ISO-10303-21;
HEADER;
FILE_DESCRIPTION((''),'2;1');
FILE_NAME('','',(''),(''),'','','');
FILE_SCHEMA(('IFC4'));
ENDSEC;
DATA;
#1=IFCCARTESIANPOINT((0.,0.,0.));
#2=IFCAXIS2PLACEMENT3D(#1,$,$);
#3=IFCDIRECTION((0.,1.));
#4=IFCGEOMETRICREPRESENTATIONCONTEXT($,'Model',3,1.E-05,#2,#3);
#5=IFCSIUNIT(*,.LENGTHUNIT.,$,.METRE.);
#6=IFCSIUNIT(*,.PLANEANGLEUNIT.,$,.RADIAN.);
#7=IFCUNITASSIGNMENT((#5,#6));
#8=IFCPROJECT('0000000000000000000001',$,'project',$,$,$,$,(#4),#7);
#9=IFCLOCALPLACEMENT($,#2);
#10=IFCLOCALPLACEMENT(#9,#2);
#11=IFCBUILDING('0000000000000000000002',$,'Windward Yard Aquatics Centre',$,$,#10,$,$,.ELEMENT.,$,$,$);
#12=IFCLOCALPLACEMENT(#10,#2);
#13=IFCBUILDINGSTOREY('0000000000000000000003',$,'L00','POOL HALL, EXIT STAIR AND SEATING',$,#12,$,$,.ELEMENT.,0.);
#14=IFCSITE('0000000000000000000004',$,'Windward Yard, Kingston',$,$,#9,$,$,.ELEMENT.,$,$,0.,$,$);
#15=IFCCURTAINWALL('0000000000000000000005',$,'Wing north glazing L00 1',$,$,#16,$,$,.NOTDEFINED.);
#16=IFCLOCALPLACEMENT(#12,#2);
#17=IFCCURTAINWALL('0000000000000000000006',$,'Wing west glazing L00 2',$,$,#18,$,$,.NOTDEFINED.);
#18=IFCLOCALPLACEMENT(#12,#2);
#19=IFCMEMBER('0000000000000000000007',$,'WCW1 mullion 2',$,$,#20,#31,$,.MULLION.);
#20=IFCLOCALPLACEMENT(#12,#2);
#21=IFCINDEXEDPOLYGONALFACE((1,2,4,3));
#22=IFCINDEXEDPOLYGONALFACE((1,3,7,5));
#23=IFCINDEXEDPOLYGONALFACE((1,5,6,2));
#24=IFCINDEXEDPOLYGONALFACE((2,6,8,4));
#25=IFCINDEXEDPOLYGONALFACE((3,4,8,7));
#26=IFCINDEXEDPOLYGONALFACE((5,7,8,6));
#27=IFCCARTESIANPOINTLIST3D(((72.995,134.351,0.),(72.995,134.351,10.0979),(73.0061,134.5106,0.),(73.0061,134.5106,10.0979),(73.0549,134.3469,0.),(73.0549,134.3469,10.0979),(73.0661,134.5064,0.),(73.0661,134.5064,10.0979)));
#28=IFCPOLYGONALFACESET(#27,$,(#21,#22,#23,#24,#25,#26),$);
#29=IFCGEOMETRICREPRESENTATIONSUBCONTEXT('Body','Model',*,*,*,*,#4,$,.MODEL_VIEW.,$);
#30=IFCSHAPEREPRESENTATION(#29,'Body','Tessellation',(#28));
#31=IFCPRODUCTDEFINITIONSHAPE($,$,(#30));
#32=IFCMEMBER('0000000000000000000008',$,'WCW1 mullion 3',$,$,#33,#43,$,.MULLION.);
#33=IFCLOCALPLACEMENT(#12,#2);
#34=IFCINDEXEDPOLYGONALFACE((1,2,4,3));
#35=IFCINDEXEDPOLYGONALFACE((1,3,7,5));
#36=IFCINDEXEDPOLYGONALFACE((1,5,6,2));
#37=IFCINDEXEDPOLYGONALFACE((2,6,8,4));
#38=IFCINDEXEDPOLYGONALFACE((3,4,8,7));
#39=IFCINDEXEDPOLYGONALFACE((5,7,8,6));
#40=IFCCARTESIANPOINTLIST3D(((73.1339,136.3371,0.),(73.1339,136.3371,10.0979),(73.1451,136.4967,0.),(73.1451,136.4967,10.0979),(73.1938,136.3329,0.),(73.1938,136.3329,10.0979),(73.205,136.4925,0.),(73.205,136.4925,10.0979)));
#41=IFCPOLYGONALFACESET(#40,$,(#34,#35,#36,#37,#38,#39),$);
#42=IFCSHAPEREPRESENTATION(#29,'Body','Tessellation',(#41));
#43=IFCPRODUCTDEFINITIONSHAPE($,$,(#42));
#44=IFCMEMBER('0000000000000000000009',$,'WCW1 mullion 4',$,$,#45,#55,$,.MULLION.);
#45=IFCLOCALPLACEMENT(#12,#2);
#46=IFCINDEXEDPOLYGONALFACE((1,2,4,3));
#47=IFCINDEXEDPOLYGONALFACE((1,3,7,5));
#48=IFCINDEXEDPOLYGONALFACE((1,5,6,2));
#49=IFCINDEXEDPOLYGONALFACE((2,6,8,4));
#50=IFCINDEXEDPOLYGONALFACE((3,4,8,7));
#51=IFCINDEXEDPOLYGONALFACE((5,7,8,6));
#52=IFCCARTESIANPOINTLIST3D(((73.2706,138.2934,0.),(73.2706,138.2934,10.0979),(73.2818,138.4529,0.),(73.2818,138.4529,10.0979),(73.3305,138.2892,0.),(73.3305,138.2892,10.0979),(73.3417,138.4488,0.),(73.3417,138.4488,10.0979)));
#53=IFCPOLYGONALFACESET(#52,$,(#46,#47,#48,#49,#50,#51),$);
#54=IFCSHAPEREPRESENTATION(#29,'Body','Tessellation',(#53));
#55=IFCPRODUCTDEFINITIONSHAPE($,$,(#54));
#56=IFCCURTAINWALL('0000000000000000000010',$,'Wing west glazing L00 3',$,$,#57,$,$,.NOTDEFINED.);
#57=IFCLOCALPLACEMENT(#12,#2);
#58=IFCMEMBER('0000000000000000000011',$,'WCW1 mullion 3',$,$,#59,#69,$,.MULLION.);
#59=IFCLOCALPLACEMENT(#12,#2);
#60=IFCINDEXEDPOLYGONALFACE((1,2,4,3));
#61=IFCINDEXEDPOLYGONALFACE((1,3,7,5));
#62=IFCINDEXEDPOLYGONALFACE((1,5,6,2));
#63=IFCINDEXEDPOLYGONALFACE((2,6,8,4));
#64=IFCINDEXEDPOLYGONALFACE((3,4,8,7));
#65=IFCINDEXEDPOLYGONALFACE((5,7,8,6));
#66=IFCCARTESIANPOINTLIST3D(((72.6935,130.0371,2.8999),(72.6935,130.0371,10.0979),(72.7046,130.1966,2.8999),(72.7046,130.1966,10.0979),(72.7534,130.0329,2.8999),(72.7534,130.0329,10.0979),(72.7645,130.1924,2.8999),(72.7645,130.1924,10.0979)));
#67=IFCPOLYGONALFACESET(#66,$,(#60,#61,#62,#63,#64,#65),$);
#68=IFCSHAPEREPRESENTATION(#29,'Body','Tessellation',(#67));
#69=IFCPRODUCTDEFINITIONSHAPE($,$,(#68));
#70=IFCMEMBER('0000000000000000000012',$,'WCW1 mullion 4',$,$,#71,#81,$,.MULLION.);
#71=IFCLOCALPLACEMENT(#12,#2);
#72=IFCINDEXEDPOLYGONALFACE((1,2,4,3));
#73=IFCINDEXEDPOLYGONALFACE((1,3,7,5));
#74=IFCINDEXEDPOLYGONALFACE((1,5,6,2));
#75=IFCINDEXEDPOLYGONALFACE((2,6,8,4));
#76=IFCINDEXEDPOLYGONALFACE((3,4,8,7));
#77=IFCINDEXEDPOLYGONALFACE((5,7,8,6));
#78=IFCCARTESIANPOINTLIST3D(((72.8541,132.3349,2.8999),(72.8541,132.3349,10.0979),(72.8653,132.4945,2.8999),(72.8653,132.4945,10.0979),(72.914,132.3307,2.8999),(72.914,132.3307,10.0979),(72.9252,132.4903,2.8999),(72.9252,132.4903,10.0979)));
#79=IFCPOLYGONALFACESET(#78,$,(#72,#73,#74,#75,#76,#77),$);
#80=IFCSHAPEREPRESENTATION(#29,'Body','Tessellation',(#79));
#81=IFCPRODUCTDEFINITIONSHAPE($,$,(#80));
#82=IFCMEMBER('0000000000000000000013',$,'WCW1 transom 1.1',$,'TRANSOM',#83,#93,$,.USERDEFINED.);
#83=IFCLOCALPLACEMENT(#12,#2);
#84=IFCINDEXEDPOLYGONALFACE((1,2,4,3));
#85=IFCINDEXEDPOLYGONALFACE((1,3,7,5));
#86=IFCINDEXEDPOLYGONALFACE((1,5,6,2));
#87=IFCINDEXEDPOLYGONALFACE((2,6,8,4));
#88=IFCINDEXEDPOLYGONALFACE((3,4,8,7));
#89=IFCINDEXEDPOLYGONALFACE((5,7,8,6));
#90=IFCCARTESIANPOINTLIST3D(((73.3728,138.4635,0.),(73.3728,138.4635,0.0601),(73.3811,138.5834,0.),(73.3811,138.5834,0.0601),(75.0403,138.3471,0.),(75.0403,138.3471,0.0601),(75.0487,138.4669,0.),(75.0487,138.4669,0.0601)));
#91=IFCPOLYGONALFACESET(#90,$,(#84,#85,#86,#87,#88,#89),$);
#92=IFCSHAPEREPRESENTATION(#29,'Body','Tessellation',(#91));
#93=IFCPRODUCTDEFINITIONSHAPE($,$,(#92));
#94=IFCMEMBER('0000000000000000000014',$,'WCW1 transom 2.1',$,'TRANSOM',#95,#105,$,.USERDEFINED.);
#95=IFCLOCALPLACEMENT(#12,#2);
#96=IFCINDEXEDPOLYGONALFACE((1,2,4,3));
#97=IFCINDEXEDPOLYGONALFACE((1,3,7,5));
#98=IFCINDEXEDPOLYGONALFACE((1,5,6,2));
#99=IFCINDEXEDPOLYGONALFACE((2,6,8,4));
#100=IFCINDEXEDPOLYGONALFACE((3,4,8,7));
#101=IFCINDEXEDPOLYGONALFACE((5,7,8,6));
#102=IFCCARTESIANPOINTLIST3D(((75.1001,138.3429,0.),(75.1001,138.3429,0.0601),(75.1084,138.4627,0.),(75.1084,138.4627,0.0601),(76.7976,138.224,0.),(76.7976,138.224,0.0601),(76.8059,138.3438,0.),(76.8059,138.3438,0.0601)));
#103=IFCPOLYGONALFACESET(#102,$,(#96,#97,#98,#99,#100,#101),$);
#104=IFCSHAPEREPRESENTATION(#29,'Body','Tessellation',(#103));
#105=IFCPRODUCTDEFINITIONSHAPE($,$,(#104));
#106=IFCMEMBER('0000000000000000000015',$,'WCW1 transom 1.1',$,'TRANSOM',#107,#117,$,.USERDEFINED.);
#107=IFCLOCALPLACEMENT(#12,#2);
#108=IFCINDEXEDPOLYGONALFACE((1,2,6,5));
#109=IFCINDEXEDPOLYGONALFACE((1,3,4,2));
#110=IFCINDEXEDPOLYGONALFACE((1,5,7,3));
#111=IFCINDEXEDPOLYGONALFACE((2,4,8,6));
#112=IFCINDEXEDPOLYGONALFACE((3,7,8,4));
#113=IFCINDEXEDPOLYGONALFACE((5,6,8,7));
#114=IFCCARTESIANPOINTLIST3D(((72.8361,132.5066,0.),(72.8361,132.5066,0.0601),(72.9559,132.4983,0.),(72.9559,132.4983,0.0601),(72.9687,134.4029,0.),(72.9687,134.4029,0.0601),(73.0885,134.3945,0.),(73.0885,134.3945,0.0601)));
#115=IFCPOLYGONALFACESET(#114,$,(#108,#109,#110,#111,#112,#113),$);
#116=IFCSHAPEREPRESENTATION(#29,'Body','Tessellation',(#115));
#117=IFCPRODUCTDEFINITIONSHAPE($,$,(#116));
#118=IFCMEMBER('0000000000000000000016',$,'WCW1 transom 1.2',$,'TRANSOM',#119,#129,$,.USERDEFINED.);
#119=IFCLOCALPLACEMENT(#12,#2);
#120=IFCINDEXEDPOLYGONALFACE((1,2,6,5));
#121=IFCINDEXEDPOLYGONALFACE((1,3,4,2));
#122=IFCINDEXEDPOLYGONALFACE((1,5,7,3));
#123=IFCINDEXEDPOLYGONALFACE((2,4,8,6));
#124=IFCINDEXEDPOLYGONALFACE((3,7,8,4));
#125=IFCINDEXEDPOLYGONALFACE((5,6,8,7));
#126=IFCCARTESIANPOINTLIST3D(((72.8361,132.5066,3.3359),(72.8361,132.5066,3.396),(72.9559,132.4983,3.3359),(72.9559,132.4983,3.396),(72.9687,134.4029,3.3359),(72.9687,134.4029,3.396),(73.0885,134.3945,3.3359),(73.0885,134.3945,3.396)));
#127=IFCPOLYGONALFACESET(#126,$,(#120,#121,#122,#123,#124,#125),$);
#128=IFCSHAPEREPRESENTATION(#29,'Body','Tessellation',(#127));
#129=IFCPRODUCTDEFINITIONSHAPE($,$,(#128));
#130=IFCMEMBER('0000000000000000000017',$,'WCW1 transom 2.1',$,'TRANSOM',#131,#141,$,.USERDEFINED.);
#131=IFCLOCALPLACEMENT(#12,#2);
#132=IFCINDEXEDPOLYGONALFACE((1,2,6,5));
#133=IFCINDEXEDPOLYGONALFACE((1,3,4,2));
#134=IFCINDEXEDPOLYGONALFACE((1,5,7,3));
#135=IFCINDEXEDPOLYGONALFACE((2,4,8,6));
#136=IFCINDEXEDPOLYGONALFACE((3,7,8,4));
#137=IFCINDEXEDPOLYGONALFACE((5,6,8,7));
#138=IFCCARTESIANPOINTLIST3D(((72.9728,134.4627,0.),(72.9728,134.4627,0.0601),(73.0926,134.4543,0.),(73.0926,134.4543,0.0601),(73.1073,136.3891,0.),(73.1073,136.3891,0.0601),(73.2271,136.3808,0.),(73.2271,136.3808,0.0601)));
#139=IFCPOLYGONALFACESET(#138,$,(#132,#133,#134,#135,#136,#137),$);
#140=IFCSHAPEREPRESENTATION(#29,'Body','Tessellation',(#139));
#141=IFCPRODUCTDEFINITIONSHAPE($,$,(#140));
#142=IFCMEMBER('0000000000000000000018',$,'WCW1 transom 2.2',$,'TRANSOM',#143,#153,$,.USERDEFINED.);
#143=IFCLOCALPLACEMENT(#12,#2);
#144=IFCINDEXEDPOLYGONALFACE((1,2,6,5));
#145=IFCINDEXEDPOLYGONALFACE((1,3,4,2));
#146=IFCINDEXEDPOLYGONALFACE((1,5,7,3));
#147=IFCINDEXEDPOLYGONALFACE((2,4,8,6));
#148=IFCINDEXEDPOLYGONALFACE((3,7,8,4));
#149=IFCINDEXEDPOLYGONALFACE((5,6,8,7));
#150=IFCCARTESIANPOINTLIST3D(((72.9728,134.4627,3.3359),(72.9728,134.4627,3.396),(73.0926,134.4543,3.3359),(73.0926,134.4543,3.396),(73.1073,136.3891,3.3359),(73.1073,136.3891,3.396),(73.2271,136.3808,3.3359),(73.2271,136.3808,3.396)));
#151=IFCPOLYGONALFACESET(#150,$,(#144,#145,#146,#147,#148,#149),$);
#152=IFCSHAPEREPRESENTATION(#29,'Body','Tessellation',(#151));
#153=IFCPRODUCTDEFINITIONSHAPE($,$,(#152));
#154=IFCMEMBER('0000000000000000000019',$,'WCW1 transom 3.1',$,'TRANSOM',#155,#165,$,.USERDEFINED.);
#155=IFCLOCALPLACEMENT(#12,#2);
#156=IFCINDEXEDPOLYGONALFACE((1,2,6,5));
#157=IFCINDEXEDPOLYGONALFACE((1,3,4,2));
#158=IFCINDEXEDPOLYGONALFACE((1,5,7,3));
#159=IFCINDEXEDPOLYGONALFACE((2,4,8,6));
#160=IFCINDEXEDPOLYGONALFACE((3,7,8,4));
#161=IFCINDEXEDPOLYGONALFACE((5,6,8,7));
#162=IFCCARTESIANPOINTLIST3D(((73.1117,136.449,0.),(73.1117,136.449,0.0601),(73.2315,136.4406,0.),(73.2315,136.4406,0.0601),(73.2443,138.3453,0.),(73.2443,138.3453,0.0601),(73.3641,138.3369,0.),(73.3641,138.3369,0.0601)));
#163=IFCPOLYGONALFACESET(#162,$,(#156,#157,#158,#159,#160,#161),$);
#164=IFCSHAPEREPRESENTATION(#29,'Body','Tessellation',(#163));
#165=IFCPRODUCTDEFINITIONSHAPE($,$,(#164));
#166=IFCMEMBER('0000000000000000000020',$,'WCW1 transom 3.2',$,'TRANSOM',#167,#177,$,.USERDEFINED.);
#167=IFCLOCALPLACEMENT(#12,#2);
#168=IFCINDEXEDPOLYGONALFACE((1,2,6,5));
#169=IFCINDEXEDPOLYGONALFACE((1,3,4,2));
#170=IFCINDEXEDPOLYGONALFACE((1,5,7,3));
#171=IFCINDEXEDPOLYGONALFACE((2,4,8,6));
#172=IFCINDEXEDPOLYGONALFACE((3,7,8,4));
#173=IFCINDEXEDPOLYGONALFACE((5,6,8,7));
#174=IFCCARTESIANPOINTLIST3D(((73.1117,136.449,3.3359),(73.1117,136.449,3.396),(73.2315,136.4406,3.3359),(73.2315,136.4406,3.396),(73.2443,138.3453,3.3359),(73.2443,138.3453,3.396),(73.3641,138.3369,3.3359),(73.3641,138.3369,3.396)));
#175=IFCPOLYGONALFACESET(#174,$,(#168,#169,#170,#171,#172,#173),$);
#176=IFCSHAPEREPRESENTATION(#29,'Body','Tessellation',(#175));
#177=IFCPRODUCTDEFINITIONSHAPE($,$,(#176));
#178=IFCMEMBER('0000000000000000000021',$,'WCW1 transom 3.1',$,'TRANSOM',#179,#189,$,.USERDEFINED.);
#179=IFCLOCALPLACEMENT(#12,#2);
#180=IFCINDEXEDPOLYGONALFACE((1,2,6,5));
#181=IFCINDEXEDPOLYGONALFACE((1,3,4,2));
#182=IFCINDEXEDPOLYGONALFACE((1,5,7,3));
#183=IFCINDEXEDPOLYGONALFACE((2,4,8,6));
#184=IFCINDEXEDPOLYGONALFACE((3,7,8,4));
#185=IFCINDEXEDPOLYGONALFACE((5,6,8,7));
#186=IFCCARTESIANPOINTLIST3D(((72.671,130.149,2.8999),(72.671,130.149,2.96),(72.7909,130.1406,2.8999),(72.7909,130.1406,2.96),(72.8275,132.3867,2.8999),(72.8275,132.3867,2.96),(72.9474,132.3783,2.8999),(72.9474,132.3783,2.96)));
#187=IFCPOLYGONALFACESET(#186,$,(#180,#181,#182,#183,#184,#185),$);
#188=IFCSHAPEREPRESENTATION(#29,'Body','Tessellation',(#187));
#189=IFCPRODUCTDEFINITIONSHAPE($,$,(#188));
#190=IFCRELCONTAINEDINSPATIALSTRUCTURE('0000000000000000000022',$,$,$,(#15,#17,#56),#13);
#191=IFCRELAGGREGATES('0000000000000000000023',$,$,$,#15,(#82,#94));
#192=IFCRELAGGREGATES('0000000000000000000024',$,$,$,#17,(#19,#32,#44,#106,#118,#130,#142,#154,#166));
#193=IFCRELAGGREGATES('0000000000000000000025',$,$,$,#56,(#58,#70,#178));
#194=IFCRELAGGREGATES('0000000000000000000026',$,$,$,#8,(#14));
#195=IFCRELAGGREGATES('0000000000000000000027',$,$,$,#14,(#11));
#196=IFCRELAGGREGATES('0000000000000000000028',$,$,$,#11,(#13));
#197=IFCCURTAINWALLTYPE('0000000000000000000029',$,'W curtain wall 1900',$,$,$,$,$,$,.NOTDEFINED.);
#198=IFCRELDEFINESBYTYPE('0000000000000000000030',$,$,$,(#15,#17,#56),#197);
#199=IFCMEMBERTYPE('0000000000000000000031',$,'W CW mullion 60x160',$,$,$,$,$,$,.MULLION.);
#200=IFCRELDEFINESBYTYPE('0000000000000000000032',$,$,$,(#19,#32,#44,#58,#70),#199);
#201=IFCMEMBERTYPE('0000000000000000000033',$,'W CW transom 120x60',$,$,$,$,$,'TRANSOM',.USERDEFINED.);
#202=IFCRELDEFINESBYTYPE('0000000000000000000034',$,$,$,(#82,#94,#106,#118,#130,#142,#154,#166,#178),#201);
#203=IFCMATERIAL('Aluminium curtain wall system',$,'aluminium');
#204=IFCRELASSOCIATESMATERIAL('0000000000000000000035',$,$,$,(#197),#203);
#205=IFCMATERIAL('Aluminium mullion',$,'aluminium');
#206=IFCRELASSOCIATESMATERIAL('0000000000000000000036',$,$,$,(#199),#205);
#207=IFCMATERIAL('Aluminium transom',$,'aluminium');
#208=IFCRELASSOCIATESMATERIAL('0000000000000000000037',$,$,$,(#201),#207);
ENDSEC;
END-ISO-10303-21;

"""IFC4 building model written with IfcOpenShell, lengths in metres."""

from ifc_helpers import new_model, si_unit, direction, frame, origin, origin_2d, place, context, subcontext, project, spatial, rectangle, extrude, material, material_profile, profile_set, type_object, element, aggregate, save


model = new_model("IFC4")

# Units and contexts
model_context = context("Model", 3, precision=1e-05, world=origin(), true_north=direction((0.0, 1.0)))
body_context = subcontext(model_context, "Body", "Model", "MODEL_VIEW")
ifc_project = project(units=[si_unit("LENGTHUNIT", "METRE"), si_unit("PLANEANGLEUNIT", "RADIAN")], contexts=[model_context])

# Site, building, storey
site_placement = place(None, origin())
site = spatial("IfcSite", under=ifc_project, at=site_placement, Name="Windward Yard, Kingston", CompositionType="ELEMENT", RefElevation=0.0)
building_placement = place(site_placement, origin())
building = spatial("IfcBuilding", under=site, at=building_placement, Name="Windward Yard Aquatics Centre", CompositionType="ELEMENT")
storey_placement = place(building_placement, origin())
storey = spatial("IfcBuildingStorey", under=building, at=storey_placement, Name="L00", Description="POOL HALL, EXIT STAIR AND SEATING", CompositionType="ELEMENT", Elevation=0.0)

# Curtain walls, members
ifc_material_1 = material(Name="Aluminium curtain wall system", Category="aluminium")
curtain_wall_type = type_object("IfcCurtainWallType", Name="W curtain wall 1900", PredefinedType="NOTDEFINED", material=ifc_material_1)
curtain_wall_1_placement = place(storey_placement, origin())
curtain_wall_1 = element("IfcCurtainWall", 1, at=curtain_wall_1_placement, inside=storey, type_object=curtain_wall_type, Name="Wing north glazing L00 1", PredefinedType="NOTDEFINED")
ifc_material_2 = material(Name="Aluminium mullion", Category="aluminium")
ifc_material_profile_1 = material_profile(ifc_material_2, rectangle(XDim=0.0601, YDim=0.1599, at=origin_2d()), Name="AL 60x160")
ifc_profile_set_1 = profile_set([ifc_material_profile_1], Name="Aluminium mullion")
member_type_1 = type_object("IfcMemberType", Name="W CW mullion 60x160", PredefinedType="MULLION", material=ifc_profile_set_1)
curtain_wall_2_placement = place(storey_placement, origin())
curtain_wall_2 = element("IfcCurtainWall", 2, at=curtain_wall_2_placement, inside=storey, type_object=curtain_wall_type, Name="Wing west glazing L00 2", PredefinedType="NOTDEFINED")
member_1_placement = place(storey_placement, frame((73.0305, 134.4287, 0.0), z_axis=(0.0, 0.0, 1.0), x_axis=(-0.997565, 0.069747, 0.0)))
member_1 = element("IfcMember", 3, at=member_1_placement, type_object=member_type_1, Name="WCW1 mullion 2", PredefinedType="MULLION", context=body_context, shape_type="SweptSolid", body=[
    extrude(rectangle(XDim=0.0601, YDim=0.1599, at=origin_2d()), origin(), (0.0, 0.0, 1.0), 10.0979),
])
member_2_placement = place(storey_placement, frame((73.1694, 136.4148, 0.0), z_axis=(0.0, 0.0, 1.0), x_axis=(-0.997565, 0.069747, 0.0)))
member_2 = element("IfcMember", 4, at=member_2_placement, type_object=member_type_1, Name="WCW1 mullion 3", PredefinedType="MULLION", context=body_context, shape_type="SweptSolid", body=[
    extrude(rectangle(XDim=0.0601, YDim=0.1599, at=origin_2d()), origin(), (0.0, 0.0, 1.0), 10.0979),
])
member_3_placement = place(storey_placement, frame((73.3062, 138.3711, 0.0), z_axis=(0.0, 0.0, 1.0), x_axis=(-0.997565, 0.069747, 0.0)))
member_3 = element("IfcMember", 5, at=member_3_placement, type_object=member_type_1, Name="WCW1 mullion 4", PredefinedType="MULLION", context=body_context, shape_type="SweptSolid", body=[
    extrude(rectangle(XDim=0.0601, YDim=0.1599, at=origin_2d()), origin(), (0.0, 0.0, 1.0), 10.0979),
])
curtain_wall_3_placement = place(storey_placement, origin())
curtain_wall_3 = element("IfcCurtainWall", 6, at=curtain_wall_3_placement, inside=storey, type_object=curtain_wall_type, Name="Wing west glazing L00 3", PredefinedType="NOTDEFINED")
member_4_placement = place(storey_placement, frame((72.729, 130.1147, 2.8999), z_axis=(0.0, 0.0, 1.0), x_axis=(-0.997564, 0.069758, 0.0)))
member_4 = element("IfcMember", 7, at=member_4_placement, type_object=member_type_1, Name="WCW1 mullion 3", PredefinedType="MULLION", context=body_context, shape_type="SweptSolid", body=[
    extrude(rectangle(XDim=0.0601, YDim=0.1599, at=origin_2d()), origin(), (0.0, 0.0, 1.0), 7.198),
])
member_5_placement = place(storey_placement, frame((72.8896, 132.4126, 2.8999), z_axis=(0.0, 0.0, 1.0), x_axis=(-0.997564, 0.069758, 0.0)))
member_5 = element("IfcMember", 8, at=member_5_placement, type_object=member_type_1, Name="WCW1 mullion 4", PredefinedType="MULLION", context=body_context, shape_type="SweptSolid", body=[
    extrude(rectangle(XDim=0.0601, YDim=0.1599, at=origin_2d()), origin(), (0.0, 0.0, 1.0), 7.198),
])

# Members
ifc_material_3 = material(Name="Aluminium transom", Category="aluminium")
ifc_material_profile_2 = material_profile(ifc_material_3, rectangle(XDim=0.1201, YDim=0.0601, at=origin_2d()), Name="AL 120x60")
ifc_profile_set_2 = profile_set([ifc_material_profile_2], Name="Aluminium transom")
member_type_2 = type_object("IfcMemberType", Name="W CW transom 120x60", ElementType="TRANSOM", PredefinedType="USERDEFINED", material=ifc_profile_set_2)
member_6_placement = place(storey_placement, frame((73.377, 138.5234, 0.03), z_axis=(0.99757, -0.069669, 0.0), x_axis=(0.069669, 0.99757, 0.0)))
member_6 = element("IfcMember", 9, at=member_6_placement, type_object=member_type_2, Name="WCW1 transom 1.1", ObjectType="TRANSOM", PredefinedType="USERDEFINED", context=body_context, shape_type="SweptSolid", body=[
    extrude(rectangle(XDim=0.1201, YDim=0.0601, at=origin_2d()), origin(), (0.0, 0.0, 1.0), 1.6716),
])
member_7_placement = place(storey_placement, frame((75.1042, 138.4028, 0.03), z_axis=(0.997556, -0.069871, 0.0), x_axis=(0.069871, 0.997556, 0.0)))
member_7 = element("IfcMember", 10, at=member_7_placement, type_object=member_type_2, Name="WCW1 transom 2.1", ObjectType="TRANSOM", PredefinedType="USERDEFINED", context=body_context, shape_type="SweptSolid", body=[
    extrude(rectangle(XDim=0.1201, YDim=0.0601, at=origin_2d()), origin(), (0.0, 0.0, 1.0), 1.7017),
])
member_8_placement = place(storey_placement, frame((72.896, 132.5024, 0.03), z_axis=(0.069741, 0.997565, 0.0), x_axis=(-0.997565, 0.069741, 0.0)))
member_8 = element("IfcMember", 11, at=member_8_placement, type_object=member_type_2, Name="WCW1 transom 1.1", ObjectType="TRANSOM", PredefinedType="USERDEFINED", context=body_context, shape_type="SweptSolid", body=[
    extrude(rectangle(XDim=0.1201, YDim=0.0601, at=origin_2d()), origin(), (0.0, 0.0, 1.0), 1.9009),
])
member_9_placement = place(storey_placement, frame((72.896, 132.5024, 3.366), z_axis=(0.069741, 0.997565, 0.0), x_axis=(-0.997565, 0.069741, 0.0)))
member_9 = element("IfcMember", 12, at=member_9_placement, type_object=member_type_2, Name="WCW1 transom 1.2", ObjectType="TRANSOM", PredefinedType="USERDEFINED", context=body_context, shape_type="SweptSolid", body=[
    extrude(rectangle(XDim=0.1201, YDim=0.0601, at=origin_2d()), origin(), (0.0, 0.0, 1.0), 1.9009),
])
member_10_placement = place(storey_placement, frame((73.0327, 134.4585, 0.03), z_axis=(0.069657, 0.997571, 0.0), x_axis=(-0.997571, 0.069657, 0.0)))
member_10 = element("IfcMember", 13, at=member_10_placement, type_object=member_type_2, Name="WCW1 transom 2.1", ObjectType="TRANSOM", PredefinedType="USERDEFINED", context=body_context, shape_type="SweptSolid", body=[
    extrude(rectangle(XDim=0.1201, YDim=0.0601, at=origin_2d()), origin(), (0.0, 0.0, 1.0), 1.9312),
])
member_11_placement = place(storey_placement, frame((73.0327, 134.4585, 3.366), z_axis=(0.069657, 0.997571, 0.0), x_axis=(-0.997571, 0.069657, 0.0)))
member_11 = element("IfcMember", 14, at=member_11_placement, type_object=member_type_2, Name="WCW1 transom 2.2", ObjectType="TRANSOM", PredefinedType="USERDEFINED", context=body_context, shape_type="SweptSolid", body=[
    extrude(rectangle(XDim=0.1201, YDim=0.0601, at=origin_2d()), origin(), (0.0, 0.0, 1.0), 1.9312),
])
member_12_placement = place(storey_placement, frame((73.1716, 136.4448, 0.03), z_axis=(0.069741, 0.997565, 0.0), x_axis=(-0.997565, 0.069741, 0.0)))
member_12 = element("IfcMember", 15, at=member_12_placement, type_object=member_type_2, Name="WCW1 transom 3.1", ObjectType="TRANSOM", PredefinedType="USERDEFINED", context=body_context, shape_type="SweptSolid", body=[
    extrude(rectangle(XDim=0.1201, YDim=0.0601, at=origin_2d()), origin(), (0.0, 0.0, 1.0), 1.9009),
])
member_13_placement = place(storey_placement, frame((73.1716, 136.4448, 3.366), z_axis=(0.069741, 0.997565, 0.0), x_axis=(-0.997565, 0.069741, 0.0)))
member_13 = element("IfcMember", 16, at=member_13_placement, type_object=member_type_2, Name="WCW1 transom 3.2", ObjectType="TRANSOM", PredefinedType="USERDEFINED", context=body_context, shape_type="SweptSolid", body=[
    extrude(rectangle(XDim=0.1201, YDim=0.0601, at=origin_2d()), origin(), (0.0, 0.0, 1.0), 1.9009),
])
member_14_placement = place(storey_placement, frame((72.731, 130.1448, 2.9299), z_axis=(0.069762, 0.997564, 0.0), x_axis=(-0.997564, 0.069762, 0.0)))
member_14 = element("IfcMember", 17, at=member_14_placement, type_object=member_type_2, Name="WCW1 transom 3.1", ObjectType="TRANSOM", PredefinedType="USERDEFINED", context=body_context, shape_type="SweptSolid", body=[
    extrude(rectangle(XDim=0.1201, YDim=0.0601, at=origin_2d()), origin(), (0.0, 0.0, 1.0), 2.2432),
])

aggregate(curtain_wall_1, [member_6, member_7])
aggregate(curtain_wall_2, [member_1, member_2, member_3, member_8, member_9, member_10, member_11, member_12, member_13])
aggregate(curtain_wall_3, [member_4, member_5, member_14])

save(model, "model.ifc")
